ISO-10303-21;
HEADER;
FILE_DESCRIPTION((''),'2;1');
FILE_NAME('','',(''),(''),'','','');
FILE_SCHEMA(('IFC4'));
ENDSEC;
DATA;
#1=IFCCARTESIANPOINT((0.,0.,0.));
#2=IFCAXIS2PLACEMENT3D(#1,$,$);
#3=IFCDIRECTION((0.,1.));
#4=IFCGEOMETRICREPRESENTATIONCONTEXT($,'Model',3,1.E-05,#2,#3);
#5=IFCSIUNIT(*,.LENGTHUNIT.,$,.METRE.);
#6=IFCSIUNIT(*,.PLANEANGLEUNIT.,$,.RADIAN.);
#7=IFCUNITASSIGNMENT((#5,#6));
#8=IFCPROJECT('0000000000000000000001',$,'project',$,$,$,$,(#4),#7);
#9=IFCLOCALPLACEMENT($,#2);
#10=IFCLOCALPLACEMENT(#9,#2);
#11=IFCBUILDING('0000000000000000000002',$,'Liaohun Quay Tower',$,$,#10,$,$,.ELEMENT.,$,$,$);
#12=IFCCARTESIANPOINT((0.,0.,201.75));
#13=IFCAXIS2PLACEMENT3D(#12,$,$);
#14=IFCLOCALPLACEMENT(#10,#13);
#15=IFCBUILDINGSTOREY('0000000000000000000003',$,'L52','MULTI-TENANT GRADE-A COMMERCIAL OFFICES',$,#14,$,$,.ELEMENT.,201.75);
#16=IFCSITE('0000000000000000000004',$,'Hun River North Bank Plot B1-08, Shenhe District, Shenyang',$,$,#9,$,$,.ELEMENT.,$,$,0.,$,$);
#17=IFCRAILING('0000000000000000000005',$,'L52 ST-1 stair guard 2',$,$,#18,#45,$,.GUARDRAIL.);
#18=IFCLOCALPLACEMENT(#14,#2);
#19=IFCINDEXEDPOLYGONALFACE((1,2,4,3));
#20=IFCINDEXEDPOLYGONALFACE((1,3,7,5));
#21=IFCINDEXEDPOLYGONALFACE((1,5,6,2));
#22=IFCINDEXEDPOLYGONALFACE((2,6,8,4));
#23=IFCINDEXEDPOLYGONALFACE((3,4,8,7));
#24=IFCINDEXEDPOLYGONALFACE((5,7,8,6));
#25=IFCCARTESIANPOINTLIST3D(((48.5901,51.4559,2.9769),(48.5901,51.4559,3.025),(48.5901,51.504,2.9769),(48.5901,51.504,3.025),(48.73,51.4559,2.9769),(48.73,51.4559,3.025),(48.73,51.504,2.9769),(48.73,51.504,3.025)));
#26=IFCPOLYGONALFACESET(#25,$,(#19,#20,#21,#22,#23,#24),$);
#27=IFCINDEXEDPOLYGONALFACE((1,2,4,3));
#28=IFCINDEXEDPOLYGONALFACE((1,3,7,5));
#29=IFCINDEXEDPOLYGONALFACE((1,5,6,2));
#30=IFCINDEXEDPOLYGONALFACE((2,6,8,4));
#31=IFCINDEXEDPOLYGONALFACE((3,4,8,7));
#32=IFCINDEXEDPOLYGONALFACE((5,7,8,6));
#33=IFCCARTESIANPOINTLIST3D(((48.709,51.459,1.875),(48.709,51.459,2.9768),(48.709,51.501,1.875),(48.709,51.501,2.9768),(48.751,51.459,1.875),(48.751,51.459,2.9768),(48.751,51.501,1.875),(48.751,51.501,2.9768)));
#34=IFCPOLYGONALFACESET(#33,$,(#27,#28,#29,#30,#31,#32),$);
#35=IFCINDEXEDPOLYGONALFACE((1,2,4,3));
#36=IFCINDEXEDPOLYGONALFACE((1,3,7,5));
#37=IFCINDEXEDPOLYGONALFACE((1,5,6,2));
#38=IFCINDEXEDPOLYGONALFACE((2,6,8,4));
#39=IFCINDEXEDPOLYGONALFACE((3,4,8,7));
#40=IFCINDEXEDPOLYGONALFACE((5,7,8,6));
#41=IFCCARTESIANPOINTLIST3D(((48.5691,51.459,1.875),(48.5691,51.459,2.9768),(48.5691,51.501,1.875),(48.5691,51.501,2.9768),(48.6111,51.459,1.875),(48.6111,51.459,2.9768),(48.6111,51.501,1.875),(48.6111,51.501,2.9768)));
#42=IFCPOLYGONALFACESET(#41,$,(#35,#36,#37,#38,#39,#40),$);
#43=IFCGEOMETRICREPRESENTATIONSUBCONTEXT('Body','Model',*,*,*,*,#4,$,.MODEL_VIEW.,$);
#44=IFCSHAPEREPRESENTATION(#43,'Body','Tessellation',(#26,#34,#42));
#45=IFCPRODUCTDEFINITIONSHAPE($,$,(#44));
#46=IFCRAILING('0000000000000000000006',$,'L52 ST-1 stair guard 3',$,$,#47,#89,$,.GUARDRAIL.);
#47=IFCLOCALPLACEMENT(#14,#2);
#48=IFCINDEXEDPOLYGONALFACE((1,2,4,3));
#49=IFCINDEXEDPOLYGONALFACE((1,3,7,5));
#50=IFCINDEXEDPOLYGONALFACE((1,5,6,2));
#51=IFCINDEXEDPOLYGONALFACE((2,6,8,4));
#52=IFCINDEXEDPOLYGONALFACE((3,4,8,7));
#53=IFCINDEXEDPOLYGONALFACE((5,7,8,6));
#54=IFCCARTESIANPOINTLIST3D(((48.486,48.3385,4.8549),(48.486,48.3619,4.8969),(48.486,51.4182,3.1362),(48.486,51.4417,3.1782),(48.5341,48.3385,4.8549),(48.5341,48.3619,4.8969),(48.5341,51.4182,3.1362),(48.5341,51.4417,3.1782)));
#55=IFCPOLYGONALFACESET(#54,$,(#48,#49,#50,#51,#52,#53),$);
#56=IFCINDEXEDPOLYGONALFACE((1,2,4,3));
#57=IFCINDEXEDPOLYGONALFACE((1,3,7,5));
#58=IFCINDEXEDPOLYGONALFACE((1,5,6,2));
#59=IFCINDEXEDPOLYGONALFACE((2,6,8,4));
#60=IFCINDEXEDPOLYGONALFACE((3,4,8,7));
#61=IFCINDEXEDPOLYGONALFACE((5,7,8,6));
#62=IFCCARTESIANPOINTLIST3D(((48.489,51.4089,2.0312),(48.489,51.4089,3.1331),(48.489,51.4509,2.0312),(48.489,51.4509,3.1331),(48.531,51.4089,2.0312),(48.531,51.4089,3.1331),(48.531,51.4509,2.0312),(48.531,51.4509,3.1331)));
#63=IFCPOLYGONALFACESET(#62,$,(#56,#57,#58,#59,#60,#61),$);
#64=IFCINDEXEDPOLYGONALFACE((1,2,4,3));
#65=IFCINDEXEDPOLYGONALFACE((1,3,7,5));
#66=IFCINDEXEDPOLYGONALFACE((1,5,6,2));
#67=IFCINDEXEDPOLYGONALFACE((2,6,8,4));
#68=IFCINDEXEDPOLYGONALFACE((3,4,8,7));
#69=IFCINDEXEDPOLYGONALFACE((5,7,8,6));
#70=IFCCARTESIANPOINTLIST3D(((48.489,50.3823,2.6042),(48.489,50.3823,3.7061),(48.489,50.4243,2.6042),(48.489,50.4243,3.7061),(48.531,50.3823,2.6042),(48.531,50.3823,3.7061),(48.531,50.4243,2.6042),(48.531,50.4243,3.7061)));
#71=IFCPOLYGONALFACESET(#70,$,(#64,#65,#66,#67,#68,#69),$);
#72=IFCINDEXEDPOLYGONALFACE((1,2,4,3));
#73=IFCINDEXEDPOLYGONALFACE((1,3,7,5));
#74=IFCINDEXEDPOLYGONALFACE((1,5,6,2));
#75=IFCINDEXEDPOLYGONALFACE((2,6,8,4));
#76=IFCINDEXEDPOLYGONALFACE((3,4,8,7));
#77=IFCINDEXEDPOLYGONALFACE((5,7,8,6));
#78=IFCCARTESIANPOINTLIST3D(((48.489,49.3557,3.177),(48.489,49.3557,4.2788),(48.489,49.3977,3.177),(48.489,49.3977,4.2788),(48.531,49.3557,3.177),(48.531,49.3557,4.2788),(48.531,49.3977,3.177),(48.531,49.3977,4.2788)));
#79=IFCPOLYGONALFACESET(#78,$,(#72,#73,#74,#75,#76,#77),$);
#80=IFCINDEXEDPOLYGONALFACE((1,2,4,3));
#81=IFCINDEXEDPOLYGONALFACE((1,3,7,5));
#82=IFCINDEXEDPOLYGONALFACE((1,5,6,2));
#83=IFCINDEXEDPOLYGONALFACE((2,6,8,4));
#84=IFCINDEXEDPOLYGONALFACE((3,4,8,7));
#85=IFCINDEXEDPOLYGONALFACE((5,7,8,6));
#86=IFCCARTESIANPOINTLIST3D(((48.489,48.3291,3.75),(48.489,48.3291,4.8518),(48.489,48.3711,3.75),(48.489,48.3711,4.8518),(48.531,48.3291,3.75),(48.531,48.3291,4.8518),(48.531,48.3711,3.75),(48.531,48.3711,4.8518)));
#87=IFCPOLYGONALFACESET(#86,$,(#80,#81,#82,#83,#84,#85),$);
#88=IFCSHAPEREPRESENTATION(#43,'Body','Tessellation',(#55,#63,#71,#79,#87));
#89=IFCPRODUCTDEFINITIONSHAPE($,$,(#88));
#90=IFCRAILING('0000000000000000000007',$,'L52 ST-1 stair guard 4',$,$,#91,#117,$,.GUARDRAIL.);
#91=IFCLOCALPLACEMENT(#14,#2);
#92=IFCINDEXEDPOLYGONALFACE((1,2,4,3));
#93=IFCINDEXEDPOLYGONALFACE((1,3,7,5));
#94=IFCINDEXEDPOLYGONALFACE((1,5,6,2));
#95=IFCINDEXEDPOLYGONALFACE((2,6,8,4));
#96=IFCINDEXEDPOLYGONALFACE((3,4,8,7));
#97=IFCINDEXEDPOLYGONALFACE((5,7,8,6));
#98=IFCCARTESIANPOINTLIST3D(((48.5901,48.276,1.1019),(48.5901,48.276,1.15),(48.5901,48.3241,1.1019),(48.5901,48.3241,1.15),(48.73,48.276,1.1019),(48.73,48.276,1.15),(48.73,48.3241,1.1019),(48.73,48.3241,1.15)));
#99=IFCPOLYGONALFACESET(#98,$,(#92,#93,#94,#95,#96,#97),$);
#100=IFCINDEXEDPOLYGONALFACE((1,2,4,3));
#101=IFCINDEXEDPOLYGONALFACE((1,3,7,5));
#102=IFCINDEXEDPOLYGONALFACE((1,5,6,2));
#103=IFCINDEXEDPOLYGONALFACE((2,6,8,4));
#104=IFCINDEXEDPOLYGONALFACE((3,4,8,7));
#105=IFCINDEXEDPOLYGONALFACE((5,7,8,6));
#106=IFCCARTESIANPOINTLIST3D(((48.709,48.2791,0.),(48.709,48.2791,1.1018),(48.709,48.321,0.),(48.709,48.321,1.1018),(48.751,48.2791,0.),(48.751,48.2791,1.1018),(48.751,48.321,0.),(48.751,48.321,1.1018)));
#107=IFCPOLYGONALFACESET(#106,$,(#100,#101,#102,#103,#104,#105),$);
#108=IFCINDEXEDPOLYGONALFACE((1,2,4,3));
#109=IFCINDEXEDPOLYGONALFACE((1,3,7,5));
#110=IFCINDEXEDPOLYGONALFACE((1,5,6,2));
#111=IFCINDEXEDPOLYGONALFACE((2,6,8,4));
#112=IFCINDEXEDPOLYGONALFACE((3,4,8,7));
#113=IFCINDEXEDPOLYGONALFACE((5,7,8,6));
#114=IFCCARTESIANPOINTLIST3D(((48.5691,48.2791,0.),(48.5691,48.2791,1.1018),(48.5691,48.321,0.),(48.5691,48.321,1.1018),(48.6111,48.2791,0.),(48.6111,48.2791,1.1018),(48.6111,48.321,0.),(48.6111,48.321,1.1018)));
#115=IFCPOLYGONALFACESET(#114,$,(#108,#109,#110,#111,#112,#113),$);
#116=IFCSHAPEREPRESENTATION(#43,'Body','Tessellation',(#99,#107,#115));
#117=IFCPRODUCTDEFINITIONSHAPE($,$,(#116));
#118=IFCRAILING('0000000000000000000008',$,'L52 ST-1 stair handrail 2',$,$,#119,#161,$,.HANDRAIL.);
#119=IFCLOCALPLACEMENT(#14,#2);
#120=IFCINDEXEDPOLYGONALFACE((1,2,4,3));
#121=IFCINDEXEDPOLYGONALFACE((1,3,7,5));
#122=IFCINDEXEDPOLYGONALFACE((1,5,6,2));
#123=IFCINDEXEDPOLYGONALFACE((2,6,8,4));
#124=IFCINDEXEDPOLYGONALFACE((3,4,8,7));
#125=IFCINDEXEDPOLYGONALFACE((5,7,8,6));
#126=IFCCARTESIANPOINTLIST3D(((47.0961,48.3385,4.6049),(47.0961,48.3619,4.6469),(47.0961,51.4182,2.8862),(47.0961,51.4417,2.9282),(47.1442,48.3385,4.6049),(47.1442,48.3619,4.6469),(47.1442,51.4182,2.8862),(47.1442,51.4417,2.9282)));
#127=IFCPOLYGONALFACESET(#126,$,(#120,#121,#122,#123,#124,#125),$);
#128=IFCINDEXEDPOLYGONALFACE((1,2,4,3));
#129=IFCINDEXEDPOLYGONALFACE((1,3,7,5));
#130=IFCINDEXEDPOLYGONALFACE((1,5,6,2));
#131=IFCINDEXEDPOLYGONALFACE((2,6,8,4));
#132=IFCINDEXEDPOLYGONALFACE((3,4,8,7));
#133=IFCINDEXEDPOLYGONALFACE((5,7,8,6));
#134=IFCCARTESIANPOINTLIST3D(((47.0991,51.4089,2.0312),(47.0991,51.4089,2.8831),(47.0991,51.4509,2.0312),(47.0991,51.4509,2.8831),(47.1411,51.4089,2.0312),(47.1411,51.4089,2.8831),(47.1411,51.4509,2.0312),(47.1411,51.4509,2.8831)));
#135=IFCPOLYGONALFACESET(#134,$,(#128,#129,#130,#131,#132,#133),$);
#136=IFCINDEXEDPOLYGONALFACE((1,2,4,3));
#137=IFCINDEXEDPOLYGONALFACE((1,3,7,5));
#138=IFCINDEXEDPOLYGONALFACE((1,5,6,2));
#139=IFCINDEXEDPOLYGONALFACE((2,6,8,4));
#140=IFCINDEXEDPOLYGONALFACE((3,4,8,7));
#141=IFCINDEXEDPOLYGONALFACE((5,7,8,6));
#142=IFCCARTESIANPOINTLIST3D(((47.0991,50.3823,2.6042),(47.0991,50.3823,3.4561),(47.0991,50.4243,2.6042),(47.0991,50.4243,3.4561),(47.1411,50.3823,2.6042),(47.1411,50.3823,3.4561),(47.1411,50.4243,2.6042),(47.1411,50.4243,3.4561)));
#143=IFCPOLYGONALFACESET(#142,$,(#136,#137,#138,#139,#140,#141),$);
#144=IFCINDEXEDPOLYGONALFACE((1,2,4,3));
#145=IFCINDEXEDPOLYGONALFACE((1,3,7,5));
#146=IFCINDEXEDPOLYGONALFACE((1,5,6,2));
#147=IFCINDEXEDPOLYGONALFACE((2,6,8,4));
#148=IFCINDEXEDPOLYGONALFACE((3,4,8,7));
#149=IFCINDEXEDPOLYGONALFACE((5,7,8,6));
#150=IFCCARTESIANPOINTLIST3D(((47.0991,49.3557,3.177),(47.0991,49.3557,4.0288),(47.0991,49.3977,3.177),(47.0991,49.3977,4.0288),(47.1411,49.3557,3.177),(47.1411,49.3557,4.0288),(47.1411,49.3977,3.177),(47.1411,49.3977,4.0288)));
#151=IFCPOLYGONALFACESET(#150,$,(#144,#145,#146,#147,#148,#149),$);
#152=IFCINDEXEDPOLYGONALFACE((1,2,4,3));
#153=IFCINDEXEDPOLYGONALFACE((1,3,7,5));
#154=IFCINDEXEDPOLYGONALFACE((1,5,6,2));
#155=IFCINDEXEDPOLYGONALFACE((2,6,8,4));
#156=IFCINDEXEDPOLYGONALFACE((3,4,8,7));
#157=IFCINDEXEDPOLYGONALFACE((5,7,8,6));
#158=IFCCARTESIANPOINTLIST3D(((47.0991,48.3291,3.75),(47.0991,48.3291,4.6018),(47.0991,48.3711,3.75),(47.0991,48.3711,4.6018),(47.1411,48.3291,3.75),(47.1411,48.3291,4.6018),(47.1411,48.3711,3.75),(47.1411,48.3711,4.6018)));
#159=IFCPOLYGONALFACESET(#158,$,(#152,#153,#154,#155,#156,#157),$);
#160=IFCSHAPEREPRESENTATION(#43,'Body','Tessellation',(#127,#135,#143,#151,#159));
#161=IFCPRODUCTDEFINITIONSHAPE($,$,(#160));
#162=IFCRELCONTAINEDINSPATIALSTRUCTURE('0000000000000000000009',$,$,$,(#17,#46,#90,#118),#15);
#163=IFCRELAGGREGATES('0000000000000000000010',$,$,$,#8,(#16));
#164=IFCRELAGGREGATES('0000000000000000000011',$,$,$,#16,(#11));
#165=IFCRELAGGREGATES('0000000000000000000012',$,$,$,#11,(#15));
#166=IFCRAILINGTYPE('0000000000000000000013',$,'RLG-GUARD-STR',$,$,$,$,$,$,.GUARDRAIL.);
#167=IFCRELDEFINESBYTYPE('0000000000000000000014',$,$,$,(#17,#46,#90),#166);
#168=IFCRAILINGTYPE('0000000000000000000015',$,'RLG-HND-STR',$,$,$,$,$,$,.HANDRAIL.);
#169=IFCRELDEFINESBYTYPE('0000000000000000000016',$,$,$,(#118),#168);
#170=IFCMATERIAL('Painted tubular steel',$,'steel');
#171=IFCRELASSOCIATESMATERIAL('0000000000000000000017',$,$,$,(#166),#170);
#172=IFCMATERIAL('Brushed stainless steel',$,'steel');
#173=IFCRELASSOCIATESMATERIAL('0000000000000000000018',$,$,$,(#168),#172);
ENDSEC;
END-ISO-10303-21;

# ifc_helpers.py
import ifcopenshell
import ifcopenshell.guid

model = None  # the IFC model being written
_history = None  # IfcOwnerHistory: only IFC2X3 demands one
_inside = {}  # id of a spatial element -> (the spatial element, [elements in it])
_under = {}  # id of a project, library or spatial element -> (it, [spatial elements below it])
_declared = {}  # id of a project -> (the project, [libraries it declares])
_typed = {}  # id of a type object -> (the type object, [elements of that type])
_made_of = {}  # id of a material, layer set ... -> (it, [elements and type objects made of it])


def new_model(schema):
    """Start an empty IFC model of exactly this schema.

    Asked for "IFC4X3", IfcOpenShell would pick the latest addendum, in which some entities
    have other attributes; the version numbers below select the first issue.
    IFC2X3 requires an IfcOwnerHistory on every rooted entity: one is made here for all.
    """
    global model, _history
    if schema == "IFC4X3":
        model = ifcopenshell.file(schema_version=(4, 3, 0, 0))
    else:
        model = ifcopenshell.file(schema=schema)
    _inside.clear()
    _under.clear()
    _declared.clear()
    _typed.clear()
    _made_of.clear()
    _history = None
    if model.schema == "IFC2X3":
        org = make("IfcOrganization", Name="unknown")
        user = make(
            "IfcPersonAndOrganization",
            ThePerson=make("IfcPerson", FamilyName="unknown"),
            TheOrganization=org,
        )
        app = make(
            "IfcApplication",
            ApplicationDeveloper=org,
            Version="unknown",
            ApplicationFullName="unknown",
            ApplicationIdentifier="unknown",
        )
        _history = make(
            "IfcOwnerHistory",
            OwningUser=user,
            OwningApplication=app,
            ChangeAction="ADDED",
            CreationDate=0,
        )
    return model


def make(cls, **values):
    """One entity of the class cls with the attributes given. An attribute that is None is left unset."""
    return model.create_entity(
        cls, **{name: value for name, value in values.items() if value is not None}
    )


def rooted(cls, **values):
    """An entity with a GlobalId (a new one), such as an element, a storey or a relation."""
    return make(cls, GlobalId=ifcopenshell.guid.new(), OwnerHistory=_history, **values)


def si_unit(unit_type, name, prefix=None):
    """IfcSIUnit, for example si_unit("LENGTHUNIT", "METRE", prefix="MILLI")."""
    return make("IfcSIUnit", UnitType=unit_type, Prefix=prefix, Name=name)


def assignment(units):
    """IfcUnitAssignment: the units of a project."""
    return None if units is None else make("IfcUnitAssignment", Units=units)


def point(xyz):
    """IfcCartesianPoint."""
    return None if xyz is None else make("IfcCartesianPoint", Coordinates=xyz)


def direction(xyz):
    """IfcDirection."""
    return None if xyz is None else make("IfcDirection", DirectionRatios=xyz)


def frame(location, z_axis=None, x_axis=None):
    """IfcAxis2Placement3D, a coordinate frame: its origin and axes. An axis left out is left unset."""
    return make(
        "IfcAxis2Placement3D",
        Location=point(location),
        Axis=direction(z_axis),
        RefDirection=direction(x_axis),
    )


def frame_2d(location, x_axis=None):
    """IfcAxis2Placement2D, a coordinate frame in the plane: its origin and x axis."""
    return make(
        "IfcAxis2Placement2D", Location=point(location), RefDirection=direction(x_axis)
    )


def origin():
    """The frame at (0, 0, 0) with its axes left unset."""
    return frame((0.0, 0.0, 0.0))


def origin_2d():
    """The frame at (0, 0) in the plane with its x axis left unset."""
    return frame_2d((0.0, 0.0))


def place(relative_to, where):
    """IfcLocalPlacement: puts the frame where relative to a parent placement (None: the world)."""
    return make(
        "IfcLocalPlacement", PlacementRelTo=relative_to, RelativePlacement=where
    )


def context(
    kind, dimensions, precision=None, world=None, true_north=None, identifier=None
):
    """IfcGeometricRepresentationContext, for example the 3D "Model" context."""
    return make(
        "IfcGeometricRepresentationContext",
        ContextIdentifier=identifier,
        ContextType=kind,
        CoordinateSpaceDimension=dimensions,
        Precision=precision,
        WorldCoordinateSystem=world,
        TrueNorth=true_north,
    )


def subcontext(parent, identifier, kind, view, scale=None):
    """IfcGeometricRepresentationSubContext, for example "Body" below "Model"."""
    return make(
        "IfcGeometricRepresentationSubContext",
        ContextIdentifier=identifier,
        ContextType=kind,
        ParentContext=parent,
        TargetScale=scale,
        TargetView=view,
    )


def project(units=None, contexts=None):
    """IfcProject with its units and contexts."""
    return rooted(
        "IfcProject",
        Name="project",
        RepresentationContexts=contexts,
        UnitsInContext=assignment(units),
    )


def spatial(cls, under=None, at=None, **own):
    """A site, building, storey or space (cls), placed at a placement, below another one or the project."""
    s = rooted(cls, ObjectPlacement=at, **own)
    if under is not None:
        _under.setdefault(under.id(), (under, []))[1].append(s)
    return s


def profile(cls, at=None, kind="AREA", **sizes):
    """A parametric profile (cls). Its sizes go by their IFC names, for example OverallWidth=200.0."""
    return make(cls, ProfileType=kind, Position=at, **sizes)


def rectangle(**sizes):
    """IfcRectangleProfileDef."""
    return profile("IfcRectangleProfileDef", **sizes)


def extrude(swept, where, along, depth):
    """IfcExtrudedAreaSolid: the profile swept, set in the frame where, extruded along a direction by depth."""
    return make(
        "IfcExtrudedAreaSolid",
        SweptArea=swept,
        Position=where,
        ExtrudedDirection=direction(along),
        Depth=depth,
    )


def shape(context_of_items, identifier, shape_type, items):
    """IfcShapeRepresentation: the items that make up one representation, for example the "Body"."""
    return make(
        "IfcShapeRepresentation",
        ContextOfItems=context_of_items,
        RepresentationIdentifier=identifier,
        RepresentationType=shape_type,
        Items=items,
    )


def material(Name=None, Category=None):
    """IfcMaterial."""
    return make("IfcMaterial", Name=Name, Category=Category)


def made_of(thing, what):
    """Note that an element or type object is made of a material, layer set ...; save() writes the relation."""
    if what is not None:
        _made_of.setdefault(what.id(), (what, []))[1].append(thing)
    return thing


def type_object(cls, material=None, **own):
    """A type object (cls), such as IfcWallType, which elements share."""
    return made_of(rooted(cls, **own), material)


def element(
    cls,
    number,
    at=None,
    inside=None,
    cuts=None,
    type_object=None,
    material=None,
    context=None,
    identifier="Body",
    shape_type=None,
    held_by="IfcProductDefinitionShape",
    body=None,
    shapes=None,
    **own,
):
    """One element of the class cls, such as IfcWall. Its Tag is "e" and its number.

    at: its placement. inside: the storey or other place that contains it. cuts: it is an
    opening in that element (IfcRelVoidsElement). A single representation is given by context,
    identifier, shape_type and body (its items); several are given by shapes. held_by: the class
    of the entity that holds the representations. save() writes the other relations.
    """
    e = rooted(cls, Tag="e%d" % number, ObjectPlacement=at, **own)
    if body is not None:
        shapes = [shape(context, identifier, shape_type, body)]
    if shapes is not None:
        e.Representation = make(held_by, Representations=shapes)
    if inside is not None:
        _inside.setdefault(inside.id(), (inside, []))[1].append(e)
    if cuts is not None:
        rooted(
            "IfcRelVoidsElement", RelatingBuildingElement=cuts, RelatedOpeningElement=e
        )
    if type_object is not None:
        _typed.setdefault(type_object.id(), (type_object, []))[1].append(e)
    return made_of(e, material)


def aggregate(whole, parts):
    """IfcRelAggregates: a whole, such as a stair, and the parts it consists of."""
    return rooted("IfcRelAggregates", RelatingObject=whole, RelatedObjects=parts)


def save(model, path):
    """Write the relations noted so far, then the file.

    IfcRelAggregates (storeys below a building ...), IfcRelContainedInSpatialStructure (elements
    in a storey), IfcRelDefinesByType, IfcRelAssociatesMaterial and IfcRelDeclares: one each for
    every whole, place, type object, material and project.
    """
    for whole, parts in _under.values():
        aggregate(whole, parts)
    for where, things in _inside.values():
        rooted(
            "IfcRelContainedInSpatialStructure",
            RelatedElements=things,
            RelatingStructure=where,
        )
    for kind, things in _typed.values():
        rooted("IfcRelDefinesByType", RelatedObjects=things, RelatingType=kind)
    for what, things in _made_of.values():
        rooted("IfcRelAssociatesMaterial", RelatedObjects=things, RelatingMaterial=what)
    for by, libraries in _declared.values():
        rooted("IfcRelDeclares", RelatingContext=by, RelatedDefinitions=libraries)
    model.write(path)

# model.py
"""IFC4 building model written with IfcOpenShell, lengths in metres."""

from ifc_helpers import new_model, si_unit, direction, frame, origin, origin_2d, place, context, subcontext, project, spatial, rectangle, extrude, material, type_object, element, save


model = new_model("IFC4")

# Units and contexts
model_context = context("Model", 3, precision=1e-05, world=origin(), true_north=direction((0.0, 1.0)))
body_context = subcontext(model_context, "Body", "Model", "MODEL_VIEW")
ifc_project = project(units=[si_unit("LENGTHUNIT", "METRE"), si_unit("PLANEANGLEUNIT", "RADIAN")], contexts=[model_context])

# Site, building, storey
site_placement = place(None, origin())
site = spatial("IfcSite", under=ifc_project, at=site_placement, Name="Hun River North Bank Plot B1-08, Shenhe District, Shenyang", CompositionType="ELEMENT", RefElevation=0.0)
building_placement = place(site_placement, origin())
building = spatial("IfcBuilding", under=site, at=building_placement, Name="Liaohun Quay Tower", CompositionType="ELEMENT")
storey_placement = place(building_placement, frame((0.0, 0.0, 201.75)))
storey = spatial("IfcBuildingStorey", under=building, at=storey_placement, Name="L52", Description="MULTI-TENANT GRADE-A COMMERCIAL OFFICES", CompositionType="ELEMENT", Elevation=201.75)

# Railings
ifc_material_1 = material(Name="Painted tubular steel", Category="steel")
railing_type_1 = type_object("IfcRailingType", Name="RLG-GUARD-STR", PredefinedType="GUARDRAIL", material=ifc_material_1)
railing_1_placement = place(storey_placement, frame((48.73, 51.48, 1.875)))
element("IfcRailing", 1, at=railing_1_placement, inside=storey, type_object=railing_type_1, Name="L52 ST-1 stair guard 2", PredefinedType="GUARDRAIL", context=body_context, shape_type="SweptSolid", body=[
    extrude(rectangle(XDim=0.0481, YDim=0.0481, at=origin_2d()), frame((0.0, 0.0, 1.126), z_axis=(-1.0, 0.0, 0.0), x_axis=(0.0, -1.0, 0.0)), (0.0, 0.0, 1.0), 0.1399),
    extrude(rectangle(XDim=0.042, YDim=0.042, at=origin_2d()), origin(), (0.0, 0.0, 1.0), 1.1018),
    extrude(rectangle(XDim=0.042, YDim=0.042, at=origin_2d()), frame((-0.1399, 0.0, 0.0)), (0.0, 0.0, 1.0), 1.1018),
])
railing_2_placement = place(storey_placement, frame((48.51, 51.4299, 2.0312)))
element("IfcRailing", 2, at=railing_2_placement, inside=storey, type_object=railing_type_1, Name="L52 ST-1 stair guard 3", PredefinedType="GUARDRAIL", context=body_context, shape_type="SweptSolid", body=[
    extrude(rectangle(XDim=0.0481, YDim=0.0481, at=origin_2d()), frame((0.0, 0.0, 1.126), z_axis=(0.0, -0.873225, 0.487317), x_axis=(1.0, 0.0, 0.0)), (0.0, 0.0, 1.0), 3.5269),
    extrude(rectangle(XDim=0.042, YDim=0.042, at=origin_2d()), origin(), (0.0, 0.0, 1.0), 1.1018),
    extrude(rectangle(XDim=0.042, YDim=0.042, at=origin_2d()), frame((0.0, -1.0266, 0.573)), (0.0, 0.0, 1.0), 1.1018),
    extrude(rectangle(XDim=0.042, YDim=0.042, at=origin_2d()), frame((0.0, -2.0532, 1.1458)), (0.0, 0.0, 1.0), 1.1018),
    extrude(rectangle(XDim=0.042, YDim=0.042, at=origin_2d()), frame((0.0, -3.0798, 1.7188)), (0.0, 0.0, 1.0), 1.1018),
])
railing_3_placement = place(storey_placement, frame((48.73, 48.3, 0.0)))
element("IfcRailing", 3, at=railing_3_placement, inside=storey, type_object=railing_type_1, Name="L52 ST-1 stair guard 4", PredefinedType="GUARDRAIL", context=body_context, shape_type="SweptSolid", body=[
    extrude(rectangle(XDim=0.0481, YDim=0.0481, at=origin_2d()), frame((0.0, 0.0, 1.126), z_axis=(-1.0, 0.0, 0.0), x_axis=(0.0, -1.0, 0.0)), (0.0, 0.0, 1.0), 0.1399),
    extrude(rectangle(XDim=0.042, YDim=0.042, at=origin_2d()), origin(), (0.0, 0.0, 1.0), 1.1018),
    extrude(rectangle(XDim=0.042, YDim=0.042, at=origin_2d()), frame((-0.1399, 0.0, 0.0)), (0.0, 0.0, 1.0), 1.1018),
])
ifc_material_2 = material(Name="Brushed stainless steel", Category="steel")
railing_type_2 = type_object("IfcRailingType", Name="RLG-HND-STR", PredefinedType="HANDRAIL", material=ifc_material_2)
railing_4_placement = place(storey_placement, frame((47.1201, 51.4299, 2.0312)))
element("IfcRailing", 4, at=railing_4_placement, inside=storey, type_object=railing_type_2, Name="L52 ST-1 stair handrail 2", PredefinedType="HANDRAIL", context=body_context, shape_type="SweptSolid", body=[
    extrude(rectangle(XDim=0.0481, YDim=0.0481, at=origin_2d()), frame((0.0, 0.0, 0.876), z_axis=(0.0, -0.873225, 0.487317), x_axis=(1.0, 0.0, 0.0)), (0.0, 0.0, 1.0), 3.5269),
    extrude(rectangle(XDim=0.042, YDim=0.042, at=origin_2d()), origin(), (0.0, 0.0, 1.0), 0.8518),
    extrude(rectangle(XDim=0.042, YDim=0.042, at=origin_2d()), frame((0.0, -1.0266, 0.573)), (0.0, 0.0, 1.0), 0.8518),
    extrude(rectangle(XDim=0.042, YDim=0.042, at=origin_2d()), frame((0.0, -2.0532, 1.1458)), (0.0, 0.0, 1.0), 0.8518),
    extrude(rectangle(XDim=0.042, YDim=0.042, at=origin_2d()), frame((0.0, -3.0798, 1.7188)), (0.0, 0.0, 1.0), 0.8518),
])

save(model, "model.ifc")
